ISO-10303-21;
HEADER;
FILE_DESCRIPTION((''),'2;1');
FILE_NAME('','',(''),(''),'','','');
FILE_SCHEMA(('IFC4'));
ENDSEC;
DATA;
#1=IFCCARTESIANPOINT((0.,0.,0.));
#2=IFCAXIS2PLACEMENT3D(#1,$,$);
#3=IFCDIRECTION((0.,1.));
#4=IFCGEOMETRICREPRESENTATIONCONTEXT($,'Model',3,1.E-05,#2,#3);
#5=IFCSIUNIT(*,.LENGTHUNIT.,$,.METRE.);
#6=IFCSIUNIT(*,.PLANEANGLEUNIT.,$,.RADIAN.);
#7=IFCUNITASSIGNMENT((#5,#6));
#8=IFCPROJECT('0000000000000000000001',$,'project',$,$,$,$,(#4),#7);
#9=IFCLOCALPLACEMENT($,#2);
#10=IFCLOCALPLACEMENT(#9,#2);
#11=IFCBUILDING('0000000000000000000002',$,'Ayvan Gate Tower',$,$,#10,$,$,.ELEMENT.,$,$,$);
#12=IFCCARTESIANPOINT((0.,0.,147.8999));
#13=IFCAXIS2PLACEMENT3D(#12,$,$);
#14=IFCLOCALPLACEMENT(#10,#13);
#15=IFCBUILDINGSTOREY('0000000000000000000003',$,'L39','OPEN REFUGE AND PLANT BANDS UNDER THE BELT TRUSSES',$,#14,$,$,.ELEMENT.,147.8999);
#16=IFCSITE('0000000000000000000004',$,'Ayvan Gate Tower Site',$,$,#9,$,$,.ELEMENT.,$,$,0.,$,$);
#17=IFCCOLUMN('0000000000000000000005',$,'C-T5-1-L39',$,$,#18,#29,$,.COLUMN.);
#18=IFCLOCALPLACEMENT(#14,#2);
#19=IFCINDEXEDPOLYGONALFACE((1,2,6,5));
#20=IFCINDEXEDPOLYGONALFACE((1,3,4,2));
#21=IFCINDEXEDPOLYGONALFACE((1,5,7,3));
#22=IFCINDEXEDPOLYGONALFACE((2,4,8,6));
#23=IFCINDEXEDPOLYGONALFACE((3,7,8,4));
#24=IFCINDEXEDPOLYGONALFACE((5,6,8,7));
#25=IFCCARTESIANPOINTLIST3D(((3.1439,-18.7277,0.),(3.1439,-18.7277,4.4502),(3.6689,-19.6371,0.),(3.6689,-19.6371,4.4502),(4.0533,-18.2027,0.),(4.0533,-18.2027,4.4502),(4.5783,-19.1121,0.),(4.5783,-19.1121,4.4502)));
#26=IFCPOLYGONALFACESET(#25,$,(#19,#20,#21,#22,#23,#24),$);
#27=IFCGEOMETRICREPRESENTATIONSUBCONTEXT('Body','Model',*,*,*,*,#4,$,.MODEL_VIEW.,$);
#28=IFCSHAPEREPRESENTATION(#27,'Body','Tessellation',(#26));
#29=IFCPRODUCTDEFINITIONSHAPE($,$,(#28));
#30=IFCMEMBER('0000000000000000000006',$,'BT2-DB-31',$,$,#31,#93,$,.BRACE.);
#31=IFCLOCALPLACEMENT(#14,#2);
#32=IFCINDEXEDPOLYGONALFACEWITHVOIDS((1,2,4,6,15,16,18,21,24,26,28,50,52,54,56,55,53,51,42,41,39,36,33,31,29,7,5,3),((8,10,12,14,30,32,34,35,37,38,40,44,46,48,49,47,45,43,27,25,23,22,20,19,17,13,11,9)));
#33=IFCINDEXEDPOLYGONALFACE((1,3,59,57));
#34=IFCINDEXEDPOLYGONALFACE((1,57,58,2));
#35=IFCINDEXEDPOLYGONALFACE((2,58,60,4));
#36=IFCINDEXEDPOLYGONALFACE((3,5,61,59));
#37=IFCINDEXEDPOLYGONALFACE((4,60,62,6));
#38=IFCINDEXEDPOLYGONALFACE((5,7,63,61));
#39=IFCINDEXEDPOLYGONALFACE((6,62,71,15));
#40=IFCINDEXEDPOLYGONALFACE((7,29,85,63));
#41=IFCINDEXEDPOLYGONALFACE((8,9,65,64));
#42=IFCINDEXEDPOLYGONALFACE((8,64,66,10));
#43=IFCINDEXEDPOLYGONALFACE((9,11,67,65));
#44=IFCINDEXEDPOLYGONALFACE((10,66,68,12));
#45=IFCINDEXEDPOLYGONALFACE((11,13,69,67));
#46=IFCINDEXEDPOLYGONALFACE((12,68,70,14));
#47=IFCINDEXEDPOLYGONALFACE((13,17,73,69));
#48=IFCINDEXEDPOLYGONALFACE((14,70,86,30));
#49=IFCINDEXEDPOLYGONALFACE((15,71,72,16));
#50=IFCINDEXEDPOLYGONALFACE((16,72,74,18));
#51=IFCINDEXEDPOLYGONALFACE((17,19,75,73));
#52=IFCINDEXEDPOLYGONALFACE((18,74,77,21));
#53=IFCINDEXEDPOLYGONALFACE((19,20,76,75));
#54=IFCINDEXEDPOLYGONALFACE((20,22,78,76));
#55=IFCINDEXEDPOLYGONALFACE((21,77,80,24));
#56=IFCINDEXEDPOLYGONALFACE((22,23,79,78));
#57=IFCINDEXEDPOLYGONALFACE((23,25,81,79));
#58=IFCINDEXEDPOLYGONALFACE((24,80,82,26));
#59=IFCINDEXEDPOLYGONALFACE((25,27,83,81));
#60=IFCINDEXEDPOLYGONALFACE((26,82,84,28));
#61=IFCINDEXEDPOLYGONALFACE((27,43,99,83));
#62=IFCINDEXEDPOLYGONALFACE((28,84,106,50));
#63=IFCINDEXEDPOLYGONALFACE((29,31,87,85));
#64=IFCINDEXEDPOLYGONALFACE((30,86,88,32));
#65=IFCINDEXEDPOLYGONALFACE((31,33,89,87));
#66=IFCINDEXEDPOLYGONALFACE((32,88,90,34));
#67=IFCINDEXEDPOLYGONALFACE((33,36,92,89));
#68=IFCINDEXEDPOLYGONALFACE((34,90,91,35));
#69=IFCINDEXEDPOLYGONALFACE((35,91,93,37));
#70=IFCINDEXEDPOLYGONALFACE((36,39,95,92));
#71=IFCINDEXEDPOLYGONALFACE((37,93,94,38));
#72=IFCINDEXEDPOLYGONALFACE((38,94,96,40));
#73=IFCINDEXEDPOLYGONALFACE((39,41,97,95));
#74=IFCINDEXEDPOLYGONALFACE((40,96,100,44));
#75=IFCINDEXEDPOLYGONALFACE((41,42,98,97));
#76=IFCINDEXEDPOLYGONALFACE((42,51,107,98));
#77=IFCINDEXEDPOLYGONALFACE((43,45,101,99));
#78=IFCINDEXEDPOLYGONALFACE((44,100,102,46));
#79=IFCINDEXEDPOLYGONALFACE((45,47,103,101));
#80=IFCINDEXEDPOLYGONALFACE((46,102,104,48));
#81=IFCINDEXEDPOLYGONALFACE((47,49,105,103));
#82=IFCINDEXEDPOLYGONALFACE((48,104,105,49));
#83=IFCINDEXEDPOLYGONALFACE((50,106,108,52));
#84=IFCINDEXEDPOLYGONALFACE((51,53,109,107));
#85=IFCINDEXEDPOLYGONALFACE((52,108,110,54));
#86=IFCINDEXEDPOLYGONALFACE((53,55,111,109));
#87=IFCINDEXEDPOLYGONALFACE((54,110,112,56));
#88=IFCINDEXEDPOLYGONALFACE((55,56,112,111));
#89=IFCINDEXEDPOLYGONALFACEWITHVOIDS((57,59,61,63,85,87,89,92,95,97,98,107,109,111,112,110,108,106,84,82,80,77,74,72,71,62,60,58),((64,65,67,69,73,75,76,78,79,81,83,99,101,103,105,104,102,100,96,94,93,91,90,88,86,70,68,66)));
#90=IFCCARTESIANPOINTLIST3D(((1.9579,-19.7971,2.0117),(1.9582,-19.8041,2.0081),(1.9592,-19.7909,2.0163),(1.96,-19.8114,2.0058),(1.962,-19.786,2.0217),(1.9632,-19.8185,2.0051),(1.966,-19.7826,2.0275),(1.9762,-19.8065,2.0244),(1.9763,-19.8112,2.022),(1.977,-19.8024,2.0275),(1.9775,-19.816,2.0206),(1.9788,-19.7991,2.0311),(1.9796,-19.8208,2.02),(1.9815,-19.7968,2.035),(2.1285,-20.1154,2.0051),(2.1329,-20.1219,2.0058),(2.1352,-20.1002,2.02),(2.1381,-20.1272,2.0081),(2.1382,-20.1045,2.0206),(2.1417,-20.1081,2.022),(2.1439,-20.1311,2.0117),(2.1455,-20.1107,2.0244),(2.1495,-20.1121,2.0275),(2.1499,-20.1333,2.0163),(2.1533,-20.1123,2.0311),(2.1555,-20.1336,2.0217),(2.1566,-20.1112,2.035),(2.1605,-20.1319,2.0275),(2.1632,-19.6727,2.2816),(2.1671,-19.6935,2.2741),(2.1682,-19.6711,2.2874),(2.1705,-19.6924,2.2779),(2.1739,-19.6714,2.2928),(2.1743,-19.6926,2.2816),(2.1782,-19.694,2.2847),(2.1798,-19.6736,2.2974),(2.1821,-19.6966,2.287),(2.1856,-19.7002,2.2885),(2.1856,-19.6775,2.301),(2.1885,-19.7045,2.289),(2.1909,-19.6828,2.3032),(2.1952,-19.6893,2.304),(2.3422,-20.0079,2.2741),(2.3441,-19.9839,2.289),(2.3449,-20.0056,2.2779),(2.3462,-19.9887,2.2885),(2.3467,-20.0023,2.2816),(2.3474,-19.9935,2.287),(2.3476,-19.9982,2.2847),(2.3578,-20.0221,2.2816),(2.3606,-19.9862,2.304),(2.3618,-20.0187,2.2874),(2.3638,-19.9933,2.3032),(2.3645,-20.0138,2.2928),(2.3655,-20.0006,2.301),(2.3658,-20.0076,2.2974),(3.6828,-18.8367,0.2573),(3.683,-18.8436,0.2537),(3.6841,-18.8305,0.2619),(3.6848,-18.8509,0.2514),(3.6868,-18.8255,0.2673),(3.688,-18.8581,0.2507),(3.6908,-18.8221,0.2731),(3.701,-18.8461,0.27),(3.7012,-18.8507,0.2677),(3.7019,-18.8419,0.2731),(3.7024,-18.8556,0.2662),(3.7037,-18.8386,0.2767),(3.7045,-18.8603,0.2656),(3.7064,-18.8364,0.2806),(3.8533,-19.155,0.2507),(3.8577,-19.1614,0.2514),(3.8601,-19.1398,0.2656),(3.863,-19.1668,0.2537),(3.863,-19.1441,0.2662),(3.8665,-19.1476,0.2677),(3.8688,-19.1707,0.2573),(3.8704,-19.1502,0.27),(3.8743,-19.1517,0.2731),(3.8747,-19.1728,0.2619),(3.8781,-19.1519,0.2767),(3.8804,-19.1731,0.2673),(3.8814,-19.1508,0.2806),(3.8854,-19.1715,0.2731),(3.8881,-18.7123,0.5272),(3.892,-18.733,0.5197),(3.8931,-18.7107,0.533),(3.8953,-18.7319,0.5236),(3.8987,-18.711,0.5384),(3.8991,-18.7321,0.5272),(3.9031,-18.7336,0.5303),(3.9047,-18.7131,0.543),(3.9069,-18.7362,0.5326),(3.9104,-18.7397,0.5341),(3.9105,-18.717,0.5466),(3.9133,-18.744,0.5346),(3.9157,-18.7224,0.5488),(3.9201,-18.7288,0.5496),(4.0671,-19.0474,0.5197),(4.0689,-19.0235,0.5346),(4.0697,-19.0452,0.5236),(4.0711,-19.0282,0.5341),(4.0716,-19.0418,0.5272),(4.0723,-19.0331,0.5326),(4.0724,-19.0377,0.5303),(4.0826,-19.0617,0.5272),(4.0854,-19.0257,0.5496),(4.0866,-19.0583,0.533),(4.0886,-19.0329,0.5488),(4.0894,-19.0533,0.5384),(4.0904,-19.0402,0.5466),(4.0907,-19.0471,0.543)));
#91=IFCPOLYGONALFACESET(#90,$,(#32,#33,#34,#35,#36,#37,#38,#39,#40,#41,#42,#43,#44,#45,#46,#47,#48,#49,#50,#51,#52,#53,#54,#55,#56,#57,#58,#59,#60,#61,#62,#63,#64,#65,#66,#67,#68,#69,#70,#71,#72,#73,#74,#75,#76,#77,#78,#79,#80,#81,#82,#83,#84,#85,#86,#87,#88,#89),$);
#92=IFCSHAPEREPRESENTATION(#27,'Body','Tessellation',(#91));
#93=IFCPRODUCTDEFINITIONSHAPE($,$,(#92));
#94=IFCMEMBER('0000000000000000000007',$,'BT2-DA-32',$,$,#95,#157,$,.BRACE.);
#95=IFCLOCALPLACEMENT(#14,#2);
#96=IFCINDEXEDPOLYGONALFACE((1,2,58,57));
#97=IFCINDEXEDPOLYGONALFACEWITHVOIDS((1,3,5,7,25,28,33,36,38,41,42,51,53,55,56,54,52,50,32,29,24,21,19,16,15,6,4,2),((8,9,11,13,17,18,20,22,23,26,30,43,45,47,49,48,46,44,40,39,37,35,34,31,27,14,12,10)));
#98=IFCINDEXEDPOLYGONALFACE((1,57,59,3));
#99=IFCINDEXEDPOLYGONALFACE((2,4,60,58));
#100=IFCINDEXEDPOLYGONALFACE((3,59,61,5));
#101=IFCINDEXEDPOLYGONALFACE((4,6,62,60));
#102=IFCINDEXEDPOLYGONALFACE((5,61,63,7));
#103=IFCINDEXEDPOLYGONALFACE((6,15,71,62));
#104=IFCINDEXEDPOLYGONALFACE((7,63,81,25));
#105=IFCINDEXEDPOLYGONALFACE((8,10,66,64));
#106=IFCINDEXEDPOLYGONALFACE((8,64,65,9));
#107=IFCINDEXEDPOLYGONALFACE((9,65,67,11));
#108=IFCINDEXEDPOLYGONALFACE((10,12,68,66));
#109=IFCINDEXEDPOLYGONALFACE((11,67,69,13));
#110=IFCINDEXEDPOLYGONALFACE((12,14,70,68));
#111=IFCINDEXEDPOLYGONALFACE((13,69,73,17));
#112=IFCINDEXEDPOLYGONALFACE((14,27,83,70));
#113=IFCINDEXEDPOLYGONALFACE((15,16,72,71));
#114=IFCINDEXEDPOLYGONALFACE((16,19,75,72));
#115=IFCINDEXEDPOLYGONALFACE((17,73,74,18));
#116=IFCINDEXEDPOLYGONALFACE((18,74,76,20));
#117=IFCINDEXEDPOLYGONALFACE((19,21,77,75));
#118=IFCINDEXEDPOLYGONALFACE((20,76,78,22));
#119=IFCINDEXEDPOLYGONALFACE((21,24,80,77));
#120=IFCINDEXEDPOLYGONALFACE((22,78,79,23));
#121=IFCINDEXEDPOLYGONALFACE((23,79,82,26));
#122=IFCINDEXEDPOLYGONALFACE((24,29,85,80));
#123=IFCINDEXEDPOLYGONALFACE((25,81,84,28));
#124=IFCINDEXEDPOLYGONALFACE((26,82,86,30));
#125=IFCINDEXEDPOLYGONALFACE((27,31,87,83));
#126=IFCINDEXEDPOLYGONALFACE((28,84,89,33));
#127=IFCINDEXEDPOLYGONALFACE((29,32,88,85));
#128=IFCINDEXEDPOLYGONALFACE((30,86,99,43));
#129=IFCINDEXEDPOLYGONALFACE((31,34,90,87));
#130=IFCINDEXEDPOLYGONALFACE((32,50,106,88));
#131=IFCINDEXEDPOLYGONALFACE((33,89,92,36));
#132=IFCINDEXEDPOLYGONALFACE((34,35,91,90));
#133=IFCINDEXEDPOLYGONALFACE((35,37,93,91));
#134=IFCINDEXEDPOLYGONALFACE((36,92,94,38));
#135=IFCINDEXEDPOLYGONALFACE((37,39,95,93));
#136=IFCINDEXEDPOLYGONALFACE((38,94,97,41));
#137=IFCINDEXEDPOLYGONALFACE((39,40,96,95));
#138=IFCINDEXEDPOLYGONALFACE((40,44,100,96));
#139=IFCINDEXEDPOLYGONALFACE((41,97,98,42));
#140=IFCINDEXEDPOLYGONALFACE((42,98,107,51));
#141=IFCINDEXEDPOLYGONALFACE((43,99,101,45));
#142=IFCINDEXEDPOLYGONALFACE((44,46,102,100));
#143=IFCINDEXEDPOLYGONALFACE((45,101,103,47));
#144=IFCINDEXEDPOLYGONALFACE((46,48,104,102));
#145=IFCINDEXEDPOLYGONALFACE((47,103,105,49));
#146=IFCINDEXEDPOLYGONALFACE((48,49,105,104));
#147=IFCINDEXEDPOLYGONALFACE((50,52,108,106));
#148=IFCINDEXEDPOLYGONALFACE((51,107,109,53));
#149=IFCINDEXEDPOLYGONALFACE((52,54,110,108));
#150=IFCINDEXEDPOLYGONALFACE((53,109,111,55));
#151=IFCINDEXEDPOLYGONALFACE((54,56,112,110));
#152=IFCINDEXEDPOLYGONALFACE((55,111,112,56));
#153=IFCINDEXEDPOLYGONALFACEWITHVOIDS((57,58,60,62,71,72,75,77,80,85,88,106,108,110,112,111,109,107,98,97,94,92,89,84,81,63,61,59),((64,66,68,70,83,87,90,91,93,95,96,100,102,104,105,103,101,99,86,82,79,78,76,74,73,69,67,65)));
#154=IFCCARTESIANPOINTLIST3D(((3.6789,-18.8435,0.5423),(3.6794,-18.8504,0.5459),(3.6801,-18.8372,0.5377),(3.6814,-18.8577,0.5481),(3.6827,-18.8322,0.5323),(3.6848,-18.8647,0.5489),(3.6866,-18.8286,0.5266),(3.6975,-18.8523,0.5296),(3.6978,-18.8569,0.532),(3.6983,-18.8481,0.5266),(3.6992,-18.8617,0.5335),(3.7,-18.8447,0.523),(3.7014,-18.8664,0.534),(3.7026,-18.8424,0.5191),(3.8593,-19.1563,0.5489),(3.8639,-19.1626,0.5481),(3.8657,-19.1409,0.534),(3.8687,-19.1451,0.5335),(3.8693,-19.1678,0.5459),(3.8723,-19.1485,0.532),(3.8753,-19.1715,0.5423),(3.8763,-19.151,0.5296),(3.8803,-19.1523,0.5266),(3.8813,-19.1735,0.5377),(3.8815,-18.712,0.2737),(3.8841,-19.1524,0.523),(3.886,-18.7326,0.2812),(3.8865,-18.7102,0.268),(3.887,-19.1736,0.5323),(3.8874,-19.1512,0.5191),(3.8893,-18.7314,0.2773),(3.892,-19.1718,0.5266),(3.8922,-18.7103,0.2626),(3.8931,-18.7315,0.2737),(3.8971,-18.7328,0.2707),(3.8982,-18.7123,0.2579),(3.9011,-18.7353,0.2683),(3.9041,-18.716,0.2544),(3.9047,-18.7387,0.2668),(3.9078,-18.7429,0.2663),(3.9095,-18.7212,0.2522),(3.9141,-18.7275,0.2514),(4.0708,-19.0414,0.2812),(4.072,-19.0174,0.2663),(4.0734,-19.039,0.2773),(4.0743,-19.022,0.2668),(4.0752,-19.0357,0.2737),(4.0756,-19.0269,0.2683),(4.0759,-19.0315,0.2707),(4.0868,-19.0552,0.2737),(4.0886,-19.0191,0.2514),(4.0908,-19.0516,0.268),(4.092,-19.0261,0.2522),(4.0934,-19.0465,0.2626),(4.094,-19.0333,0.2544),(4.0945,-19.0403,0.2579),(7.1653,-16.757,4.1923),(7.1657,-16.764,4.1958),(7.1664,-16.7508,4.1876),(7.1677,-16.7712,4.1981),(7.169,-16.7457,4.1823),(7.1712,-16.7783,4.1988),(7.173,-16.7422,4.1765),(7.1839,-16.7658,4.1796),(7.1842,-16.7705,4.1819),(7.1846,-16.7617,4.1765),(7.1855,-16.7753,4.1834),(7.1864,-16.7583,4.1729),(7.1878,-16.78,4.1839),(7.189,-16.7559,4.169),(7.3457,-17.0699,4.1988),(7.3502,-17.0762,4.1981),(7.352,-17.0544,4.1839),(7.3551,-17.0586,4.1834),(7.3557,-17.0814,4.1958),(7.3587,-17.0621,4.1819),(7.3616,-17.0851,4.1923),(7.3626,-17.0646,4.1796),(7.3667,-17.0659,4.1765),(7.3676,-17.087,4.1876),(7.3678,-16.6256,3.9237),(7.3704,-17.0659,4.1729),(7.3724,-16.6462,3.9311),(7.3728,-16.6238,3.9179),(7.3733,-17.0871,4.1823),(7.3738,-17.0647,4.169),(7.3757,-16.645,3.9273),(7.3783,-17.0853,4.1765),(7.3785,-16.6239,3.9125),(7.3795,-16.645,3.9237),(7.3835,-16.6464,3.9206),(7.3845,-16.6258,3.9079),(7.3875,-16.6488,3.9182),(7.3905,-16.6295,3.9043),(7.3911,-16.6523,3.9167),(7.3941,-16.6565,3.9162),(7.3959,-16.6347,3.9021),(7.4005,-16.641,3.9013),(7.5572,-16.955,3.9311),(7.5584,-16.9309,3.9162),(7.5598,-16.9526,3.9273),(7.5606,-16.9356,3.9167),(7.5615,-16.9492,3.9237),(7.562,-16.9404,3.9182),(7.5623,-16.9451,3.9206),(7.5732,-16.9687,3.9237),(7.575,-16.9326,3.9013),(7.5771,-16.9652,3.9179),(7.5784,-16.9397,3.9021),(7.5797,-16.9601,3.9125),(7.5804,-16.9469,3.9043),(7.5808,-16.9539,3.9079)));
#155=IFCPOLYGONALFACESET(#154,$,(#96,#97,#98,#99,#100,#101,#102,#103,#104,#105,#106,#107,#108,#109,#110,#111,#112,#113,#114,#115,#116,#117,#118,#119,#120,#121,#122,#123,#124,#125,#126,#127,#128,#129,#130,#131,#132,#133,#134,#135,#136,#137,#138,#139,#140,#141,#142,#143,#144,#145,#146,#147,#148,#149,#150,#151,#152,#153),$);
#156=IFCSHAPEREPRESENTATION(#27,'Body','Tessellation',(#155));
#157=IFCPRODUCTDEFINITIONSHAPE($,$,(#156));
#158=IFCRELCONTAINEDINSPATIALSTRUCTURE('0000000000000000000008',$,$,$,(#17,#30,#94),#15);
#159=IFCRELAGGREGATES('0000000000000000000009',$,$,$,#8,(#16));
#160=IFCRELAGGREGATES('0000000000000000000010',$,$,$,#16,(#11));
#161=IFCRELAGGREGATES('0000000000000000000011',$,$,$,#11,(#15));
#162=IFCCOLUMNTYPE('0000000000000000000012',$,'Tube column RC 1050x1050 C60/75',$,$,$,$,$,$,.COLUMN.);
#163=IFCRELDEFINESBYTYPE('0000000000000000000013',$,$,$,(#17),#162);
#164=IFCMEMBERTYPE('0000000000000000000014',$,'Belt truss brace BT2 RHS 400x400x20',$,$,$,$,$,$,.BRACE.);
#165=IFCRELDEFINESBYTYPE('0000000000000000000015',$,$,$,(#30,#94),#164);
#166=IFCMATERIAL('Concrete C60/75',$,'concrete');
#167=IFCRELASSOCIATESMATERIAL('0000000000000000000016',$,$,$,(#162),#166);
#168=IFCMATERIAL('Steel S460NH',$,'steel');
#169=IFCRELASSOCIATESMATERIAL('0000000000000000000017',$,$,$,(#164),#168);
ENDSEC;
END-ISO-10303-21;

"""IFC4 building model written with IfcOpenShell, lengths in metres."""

from ifc_helpers import new_model, si_unit, direction, frame, origin, origin_2d, place, context, subcontext, project, spatial, rectangle, hollow_rectangle, extrude, material, material_profile, profile_set, type_object, element, save


model = new_model("IFC4")

# Units and contexts
model_context = context("Model", 3, precision=1e-05, world=origin(), true_north=direction((0.0, 1.0)))
body_context = subcontext(model_context, "Body", "Model", "MODEL_VIEW")
ifc_project = project(units=[si_unit("LENGTHUNIT", "METRE"), si_unit("PLANEANGLEUNIT", "RADIAN")], contexts=[model_context])

# Site, building, storey
site_placement = place(None, origin())
site = spatial("IfcSite", under=ifc_project, at=site_placement, Name="Ayvan Gate Tower Site", CompositionType="ELEMENT", RefElevation=0.0)
building_placement = place(site_placement, origin())
building = spatial("IfcBuilding", under=site, at=building_placement, Name="Ayvan Gate Tower", CompositionType="ELEMENT")
storey_placement = place(building_placement, frame((0.0, 0.0, 147.8999)))
storey = spatial("IfcBuildingStorey", under=building, at=storey_placement, Name="L39", Description="OPEN REFUGE AND PLANT BANDS UNDER THE BELT TRUSSES", CompositionType="ELEMENT", Elevation=147.8999)

# Column
ifc_material_1 = material(Name="Concrete C60/75", Category="concrete")
ifc_material_profile_1 = material_profile(ifc_material_1, rectangle(XDim=1.05, YDim=1.05, at=origin_2d()), Name="RC 1050x1050")
ifc_profile_set_1 = profile_set([ifc_material_profile_1], Name="Concrete C60/75")
column_type = type_object("IfcColumnType", Name="Tube column RC 1050x1050 C60/75", PredefinedType="COLUMN", material=ifc_profile_set_1)
column_placement = place(storey_placement, frame((3.8611, -18.9199, 0.0), z_axis=(0.0, 0.0, 1.0), x_axis=(0.5, -0.866025, 0.0)))
element("IfcColumn", 1, at=column_placement, inside=storey, type_object=column_type, Name="C-T5-1-L39", PredefinedType="COLUMN", context=body_context, shape_type="SweptSolid", body=[
    extrude(rectangle(XDim=1.05, YDim=1.05, at=origin_2d()), origin(), (0.0, 0.0, 1.0), 4.4502),
])

# Members
ifc_material_2 = material(Name="Steel S460NH", Category="steel")
ifc_material_profile_2 = material_profile(ifc_material_2, hollow_rectangle(XDim=0.3999, YDim=0.3999, WallThickness=0.02, InnerFilletRadius=0.02, OuterFilletRadius=0.03, at=origin_2d()), Name="RHS 400x400x20")
ifc_profile_set_2 = profile_set([ifc_material_profile_2], Name="Steel S460NH")
member_type_1 = type_object("IfcMemberType", Name="Belt truss brace BT2 RHS 400x400x20", PredefinedType="BRACE", material=ifc_profile_set_2)
member_1_placement = place(storey_placement, frame((3.8867, -18.9419, 0.4001), z_axis=(-0.653078, -0.363653, 0.664263), x_axis=(0.486493, -0.873684, 0.0)))
element("IfcMember", 2, at=member_1_placement, inside=storey, type_object=member_type_1, Name="BT2-DB-31", PredefinedType="BRACE", context=body_context, shape_type="SweptSolid", body=[
    extrude(hollow_rectangle(XDim=0.3999, YDim=0.3999, WallThickness=0.02, InnerFilletRadius=0.02, OuterFilletRadius=0.03, at=origin_2d()), origin(), (0.0, 0.0, 1.0), 2.6411),
])
member_2_placement = place(storey_placement, frame((3.8867, -18.9419, 0.4001), z_axis=(0.638331, 0.382015, 0.66828), x_axis=(-0.513523, 0.858076, 0.0)))
element("IfcMember", 3, at=member_2_placement, inside=storey, type_object=member_type_1, Name="BT2-DA-32", PredefinedType="BRACE", context=body_context, shape_type="SweptSolid", body=[
    extrude(hollow_rectangle(XDim=0.3999, YDim=0.3999, WallThickness=0.02, InnerFilletRadius=0.02, OuterFilletRadius=0.03, at=origin_2d()), origin(), (0.0, 0.0, 1.0), 5.4617),
])

save(model, "model.ifc")
